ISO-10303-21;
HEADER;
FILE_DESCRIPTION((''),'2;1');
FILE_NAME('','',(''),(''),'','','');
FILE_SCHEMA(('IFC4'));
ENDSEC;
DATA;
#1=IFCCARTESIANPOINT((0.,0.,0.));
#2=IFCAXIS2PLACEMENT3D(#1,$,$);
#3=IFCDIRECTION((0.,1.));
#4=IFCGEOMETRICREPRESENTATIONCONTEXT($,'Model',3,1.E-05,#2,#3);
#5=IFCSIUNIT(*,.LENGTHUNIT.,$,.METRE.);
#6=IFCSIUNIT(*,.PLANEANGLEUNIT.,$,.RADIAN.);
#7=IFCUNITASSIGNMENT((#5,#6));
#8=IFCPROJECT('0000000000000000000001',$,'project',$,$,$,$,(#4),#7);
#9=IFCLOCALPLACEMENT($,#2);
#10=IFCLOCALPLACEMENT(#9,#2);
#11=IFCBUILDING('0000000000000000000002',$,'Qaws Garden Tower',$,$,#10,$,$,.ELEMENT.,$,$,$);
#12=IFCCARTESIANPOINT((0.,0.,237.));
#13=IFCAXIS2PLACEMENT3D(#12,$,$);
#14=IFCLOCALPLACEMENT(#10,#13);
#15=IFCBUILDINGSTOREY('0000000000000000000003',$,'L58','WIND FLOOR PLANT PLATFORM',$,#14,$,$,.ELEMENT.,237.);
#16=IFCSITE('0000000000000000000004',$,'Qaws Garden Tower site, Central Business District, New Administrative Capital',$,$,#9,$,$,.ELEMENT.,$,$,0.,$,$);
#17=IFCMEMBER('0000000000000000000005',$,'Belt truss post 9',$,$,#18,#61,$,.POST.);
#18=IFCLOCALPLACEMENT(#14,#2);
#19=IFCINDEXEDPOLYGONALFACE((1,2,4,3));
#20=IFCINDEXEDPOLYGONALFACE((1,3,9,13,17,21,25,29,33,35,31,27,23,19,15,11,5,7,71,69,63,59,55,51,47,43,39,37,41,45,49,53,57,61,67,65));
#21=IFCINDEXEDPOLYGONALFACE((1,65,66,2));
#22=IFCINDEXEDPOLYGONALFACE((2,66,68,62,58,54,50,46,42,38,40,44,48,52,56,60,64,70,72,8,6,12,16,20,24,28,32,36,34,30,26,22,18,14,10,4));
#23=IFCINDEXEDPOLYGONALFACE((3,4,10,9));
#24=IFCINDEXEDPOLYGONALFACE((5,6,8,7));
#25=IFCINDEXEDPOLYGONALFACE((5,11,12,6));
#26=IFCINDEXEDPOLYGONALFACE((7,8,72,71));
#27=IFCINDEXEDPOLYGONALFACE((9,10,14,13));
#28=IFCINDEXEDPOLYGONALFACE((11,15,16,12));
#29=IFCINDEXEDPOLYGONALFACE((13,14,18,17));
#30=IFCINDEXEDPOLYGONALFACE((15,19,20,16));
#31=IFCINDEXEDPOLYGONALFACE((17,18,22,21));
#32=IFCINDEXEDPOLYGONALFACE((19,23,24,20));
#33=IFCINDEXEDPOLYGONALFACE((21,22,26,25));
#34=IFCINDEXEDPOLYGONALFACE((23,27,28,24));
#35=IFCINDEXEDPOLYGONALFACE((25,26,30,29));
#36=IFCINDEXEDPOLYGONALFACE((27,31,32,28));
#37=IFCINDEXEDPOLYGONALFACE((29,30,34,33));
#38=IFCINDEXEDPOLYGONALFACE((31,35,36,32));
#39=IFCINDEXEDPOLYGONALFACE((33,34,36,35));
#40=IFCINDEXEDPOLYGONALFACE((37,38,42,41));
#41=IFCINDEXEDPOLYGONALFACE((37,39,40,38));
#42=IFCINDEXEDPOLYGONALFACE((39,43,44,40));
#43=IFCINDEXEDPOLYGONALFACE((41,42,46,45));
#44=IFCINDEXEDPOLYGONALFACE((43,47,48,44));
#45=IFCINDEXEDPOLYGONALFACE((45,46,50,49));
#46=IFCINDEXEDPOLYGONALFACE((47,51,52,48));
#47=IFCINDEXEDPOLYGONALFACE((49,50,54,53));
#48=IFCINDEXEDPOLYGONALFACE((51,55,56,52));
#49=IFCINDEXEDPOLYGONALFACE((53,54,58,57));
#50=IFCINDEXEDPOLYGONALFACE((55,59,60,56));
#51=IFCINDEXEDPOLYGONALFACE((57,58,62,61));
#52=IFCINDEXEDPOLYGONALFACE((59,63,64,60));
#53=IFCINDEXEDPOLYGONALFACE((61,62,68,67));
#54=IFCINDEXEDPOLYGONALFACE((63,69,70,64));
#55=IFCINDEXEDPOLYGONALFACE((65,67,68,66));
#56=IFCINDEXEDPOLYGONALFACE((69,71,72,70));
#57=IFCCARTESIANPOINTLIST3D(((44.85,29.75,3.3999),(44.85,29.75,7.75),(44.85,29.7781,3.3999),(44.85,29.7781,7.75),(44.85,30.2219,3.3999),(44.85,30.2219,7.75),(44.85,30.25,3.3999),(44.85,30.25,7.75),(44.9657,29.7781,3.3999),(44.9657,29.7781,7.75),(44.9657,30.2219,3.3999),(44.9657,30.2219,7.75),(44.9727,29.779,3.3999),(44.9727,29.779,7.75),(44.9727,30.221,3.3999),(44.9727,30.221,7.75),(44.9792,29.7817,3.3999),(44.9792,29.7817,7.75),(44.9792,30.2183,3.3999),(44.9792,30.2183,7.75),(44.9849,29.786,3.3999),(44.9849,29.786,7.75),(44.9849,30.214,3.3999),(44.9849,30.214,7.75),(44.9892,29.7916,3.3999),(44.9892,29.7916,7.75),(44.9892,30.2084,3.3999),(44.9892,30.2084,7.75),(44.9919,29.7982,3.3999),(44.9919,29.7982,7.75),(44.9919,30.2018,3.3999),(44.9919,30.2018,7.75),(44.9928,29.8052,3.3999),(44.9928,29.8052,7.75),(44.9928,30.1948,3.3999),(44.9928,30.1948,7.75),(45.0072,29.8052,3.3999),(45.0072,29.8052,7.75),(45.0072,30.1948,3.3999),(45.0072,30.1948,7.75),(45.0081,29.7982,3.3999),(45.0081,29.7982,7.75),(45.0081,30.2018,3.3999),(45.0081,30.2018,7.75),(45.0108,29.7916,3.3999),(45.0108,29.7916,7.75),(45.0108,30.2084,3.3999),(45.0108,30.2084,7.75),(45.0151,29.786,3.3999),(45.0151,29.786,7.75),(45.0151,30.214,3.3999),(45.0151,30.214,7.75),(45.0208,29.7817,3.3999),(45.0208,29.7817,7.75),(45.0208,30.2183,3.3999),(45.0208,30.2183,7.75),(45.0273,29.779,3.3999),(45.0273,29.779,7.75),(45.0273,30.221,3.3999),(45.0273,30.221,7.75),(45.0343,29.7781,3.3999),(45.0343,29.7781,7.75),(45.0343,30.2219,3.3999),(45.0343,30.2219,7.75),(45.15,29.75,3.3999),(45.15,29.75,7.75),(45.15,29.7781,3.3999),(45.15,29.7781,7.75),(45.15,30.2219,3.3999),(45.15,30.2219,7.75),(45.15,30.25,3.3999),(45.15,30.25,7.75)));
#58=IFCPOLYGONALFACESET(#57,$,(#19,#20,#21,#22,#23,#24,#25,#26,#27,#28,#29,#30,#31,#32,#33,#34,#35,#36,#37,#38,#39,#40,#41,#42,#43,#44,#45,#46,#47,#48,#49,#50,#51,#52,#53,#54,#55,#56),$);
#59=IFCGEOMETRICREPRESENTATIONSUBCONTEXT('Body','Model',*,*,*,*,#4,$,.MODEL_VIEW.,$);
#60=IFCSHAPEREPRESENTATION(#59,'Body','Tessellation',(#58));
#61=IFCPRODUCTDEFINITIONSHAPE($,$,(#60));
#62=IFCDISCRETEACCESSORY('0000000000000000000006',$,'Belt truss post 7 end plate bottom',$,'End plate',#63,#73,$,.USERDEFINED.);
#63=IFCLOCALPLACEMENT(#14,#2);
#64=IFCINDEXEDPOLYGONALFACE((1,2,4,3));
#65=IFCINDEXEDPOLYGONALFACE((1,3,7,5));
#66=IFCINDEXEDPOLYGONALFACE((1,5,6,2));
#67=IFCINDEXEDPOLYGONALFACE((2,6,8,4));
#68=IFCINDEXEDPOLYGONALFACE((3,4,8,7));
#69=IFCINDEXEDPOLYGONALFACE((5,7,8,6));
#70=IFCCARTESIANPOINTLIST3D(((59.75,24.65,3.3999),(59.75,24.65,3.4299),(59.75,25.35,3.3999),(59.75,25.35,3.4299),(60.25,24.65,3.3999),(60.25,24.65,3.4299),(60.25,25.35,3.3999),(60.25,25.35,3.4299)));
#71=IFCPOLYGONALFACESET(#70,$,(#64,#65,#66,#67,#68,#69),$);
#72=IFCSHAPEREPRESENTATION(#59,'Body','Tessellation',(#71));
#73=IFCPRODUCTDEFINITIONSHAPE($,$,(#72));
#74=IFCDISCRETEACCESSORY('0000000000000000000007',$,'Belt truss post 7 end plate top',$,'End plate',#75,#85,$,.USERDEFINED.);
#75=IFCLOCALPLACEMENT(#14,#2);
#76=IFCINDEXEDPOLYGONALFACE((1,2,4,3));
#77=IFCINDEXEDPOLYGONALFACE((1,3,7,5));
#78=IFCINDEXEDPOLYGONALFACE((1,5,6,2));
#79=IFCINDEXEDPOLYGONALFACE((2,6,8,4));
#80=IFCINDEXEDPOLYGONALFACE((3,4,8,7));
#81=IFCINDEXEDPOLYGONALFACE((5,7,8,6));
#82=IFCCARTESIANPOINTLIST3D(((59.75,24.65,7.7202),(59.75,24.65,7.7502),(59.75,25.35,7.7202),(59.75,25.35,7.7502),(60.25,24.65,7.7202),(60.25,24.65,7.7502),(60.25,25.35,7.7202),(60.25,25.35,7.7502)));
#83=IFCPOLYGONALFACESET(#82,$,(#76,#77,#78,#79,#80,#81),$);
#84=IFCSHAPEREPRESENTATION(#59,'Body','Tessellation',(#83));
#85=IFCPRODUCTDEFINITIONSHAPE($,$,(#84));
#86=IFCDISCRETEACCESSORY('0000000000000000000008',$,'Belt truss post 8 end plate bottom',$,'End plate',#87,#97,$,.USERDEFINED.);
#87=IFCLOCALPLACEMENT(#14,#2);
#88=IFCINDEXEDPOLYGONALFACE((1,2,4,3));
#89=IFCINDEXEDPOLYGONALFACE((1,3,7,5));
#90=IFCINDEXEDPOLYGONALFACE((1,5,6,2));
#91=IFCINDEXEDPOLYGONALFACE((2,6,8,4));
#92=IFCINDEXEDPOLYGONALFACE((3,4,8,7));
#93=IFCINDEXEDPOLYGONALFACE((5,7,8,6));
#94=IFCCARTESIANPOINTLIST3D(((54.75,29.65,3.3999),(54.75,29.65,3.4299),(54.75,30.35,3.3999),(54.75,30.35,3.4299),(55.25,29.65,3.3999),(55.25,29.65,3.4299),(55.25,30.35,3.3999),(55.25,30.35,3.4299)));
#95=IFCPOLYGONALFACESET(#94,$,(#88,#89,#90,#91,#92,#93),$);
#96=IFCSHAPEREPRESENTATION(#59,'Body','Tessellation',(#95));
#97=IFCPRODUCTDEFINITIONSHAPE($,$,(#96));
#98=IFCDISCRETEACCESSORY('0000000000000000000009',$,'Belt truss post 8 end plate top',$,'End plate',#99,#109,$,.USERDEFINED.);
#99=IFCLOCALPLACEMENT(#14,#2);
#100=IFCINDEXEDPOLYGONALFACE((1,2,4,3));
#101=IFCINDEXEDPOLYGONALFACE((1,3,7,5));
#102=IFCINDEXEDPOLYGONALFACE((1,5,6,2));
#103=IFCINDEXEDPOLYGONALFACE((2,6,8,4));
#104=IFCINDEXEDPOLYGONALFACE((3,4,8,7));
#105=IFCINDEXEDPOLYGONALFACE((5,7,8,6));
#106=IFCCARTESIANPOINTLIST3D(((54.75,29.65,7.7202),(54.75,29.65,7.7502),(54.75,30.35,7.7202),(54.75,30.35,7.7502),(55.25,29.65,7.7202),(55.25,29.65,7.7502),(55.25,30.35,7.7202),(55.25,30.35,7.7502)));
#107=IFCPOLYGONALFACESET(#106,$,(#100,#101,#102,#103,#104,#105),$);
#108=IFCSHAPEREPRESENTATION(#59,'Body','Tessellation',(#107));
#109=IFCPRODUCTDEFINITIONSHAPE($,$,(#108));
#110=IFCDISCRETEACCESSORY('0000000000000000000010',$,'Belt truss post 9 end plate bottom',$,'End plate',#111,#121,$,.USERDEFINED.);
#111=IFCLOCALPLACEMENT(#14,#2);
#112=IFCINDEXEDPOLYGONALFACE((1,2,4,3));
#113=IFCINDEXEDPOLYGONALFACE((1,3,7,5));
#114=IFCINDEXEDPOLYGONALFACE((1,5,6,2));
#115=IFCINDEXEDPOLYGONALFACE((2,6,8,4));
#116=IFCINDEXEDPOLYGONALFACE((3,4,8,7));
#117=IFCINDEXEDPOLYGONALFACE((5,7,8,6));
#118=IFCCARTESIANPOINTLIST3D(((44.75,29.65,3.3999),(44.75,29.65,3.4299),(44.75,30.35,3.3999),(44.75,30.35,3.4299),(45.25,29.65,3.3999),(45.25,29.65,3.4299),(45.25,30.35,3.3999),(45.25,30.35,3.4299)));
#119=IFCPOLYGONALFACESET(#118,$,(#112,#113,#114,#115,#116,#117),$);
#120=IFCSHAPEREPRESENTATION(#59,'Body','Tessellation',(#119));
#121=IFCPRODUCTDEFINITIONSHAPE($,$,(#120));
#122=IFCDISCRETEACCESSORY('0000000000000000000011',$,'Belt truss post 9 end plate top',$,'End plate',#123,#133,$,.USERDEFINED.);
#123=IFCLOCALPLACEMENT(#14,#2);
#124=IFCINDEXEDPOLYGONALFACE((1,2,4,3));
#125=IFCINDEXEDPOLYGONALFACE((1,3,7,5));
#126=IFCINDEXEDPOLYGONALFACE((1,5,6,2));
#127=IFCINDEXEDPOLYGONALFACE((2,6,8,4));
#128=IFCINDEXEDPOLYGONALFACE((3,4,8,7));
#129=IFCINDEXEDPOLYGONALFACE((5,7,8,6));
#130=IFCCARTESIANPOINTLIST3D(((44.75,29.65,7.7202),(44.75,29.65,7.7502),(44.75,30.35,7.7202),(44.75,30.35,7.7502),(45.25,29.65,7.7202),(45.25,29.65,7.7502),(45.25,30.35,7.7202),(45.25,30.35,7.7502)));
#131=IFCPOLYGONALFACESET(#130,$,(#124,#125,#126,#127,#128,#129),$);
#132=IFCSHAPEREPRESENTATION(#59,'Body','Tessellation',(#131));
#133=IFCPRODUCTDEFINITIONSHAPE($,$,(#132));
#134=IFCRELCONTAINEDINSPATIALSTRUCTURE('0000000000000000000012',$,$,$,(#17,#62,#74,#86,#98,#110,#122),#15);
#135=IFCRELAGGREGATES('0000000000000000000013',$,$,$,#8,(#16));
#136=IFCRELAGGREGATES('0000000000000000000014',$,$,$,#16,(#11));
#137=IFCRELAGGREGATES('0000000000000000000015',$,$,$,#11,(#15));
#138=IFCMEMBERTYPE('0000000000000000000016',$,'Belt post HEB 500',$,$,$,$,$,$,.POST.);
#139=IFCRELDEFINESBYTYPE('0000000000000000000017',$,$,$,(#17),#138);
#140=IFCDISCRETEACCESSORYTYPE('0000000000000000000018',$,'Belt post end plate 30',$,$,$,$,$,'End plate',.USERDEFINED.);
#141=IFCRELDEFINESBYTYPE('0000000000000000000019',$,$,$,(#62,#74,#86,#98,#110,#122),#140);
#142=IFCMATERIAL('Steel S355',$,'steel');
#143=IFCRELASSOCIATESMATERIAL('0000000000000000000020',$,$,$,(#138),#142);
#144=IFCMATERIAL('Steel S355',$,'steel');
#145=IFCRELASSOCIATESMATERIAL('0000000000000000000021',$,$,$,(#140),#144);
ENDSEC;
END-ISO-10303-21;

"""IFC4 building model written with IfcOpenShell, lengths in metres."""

from ifc_helpers import new_model, si_unit, direction, frame, origin, origin_2d, place, context, subcontext, project, spatial, rectangle, i_section, extrude, material, material_profile, profile_set, type_object, element, save


model = new_model("IFC4")

# Units and contexts
model_context = context("Model", 3, precision=1e-05, world=origin(), true_north=direction((0.0, 1.0)))
body_context = subcontext(model_context, "Body", "Model", "MODEL_VIEW")
ifc_project = project(units=[si_unit("LENGTHUNIT", "METRE"), si_unit("PLANEANGLEUNIT", "RADIAN")], contexts=[model_context])

# Site, building, storey
site_placement = place(None, origin())
site = spatial("IfcSite", under=ifc_project, at=site_placement, Name="Qaws Garden Tower site, Central Business District, New Administrative Capital", CompositionType="ELEMENT", RefElevation=0.0)
building_placement = place(site_placement, origin())
building = spatial("IfcBuilding", under=site, at=building_placement, Name="Qaws Garden Tower", CompositionType="ELEMENT")
storey_placement = place(building_placement, frame((0.0, 0.0, 237.0)))
storey = spatial("IfcBuildingStorey", under=building, at=storey_placement, Name="L58", Description="WIND FLOOR PLANT PLATFORM", CompositionType="ELEMENT", Elevation=237.0)

# Member
ifc_material_1 = material(Name="Steel S355", Category="steel")
ifc_material_profile_1 = material_profile(ifc_material_1, i_section(OverallWidth=0.3, OverallDepth=0.5, WebThickness=0.0144, FlangeThickness=0.0281, FilletRadius=0.0271, at=origin_2d()), Name="HEB 500")
ifc_profile_set_1 = profile_set([ifc_material_profile_1], Name="Steel S355")
member_type_1 = type_object("IfcMemberType", Name="Belt post HEB 500", PredefinedType="POST", material=ifc_profile_set_1)
placement_1 = place(storey_placement, frame((60.0, 25.0, 3.3999), z_axis=(0.0, 0.0, 1.0), x_axis=(1.0, 0.0, 0.0)))
placement_2 = place(storey_placement, frame((55.0, 30.0, 3.3999), z_axis=(0.0, 0.0, 1.0), x_axis=(1.0, 0.0, 0.0)))
placement_3 = place(storey_placement, frame((45.0, 30.0, 3.3999), z_axis=(0.0, 0.0, 1.0), x_axis=(1.0, 0.0, 0.0)))
element("IfcMember", 1, at=placement_3, inside=storey, type_object=member_type_1, Name="Belt truss post 9", PredefinedType="POST", context=body_context, shape_type="SweptSolid", body=[
    extrude(i_section(OverallWidth=0.3, OverallDepth=0.5, WebThickness=0.0144, FlangeThickness=0.0281, FilletRadius=0.0271, at=origin_2d()), origin(), (0.0, 0.0, 1.0), 4.3501),
])

# Discrete accessories
ifc_material_2 = material(Name="Steel S355", Category="steel")
discrete_accessory_type = type_object("IfcDiscreteAccessoryType", Name="Belt post end plate 30", ElementType="End plate", PredefinedType="USERDEFINED", material=ifc_material_2)
element("IfcDiscreteAccessory", 2, at=placement_1, inside=storey, type_object=discrete_accessory_type, Name="Belt truss post 7 end plate bottom", ObjectType="End plate", PredefinedType="USERDEFINED", context=body_context, shape_type="SweptSolid", body=[
    extrude(rectangle(XDim=0.5, YDim=0.7, at=origin_2d()), origin(), (0.0, 0.0, 1.0), 0.03),
])
discrete_accessory_1_placement = place(storey_placement, frame((60.0, 25.0, 7.7202), z_axis=(0.0, 0.0, 1.0), x_axis=(1.0, 0.0, 0.0)))
element("IfcDiscreteAccessory", 3, at=discrete_accessory_1_placement, inside=storey, type_object=discrete_accessory_type, Name="Belt truss post 7 end plate top", ObjectType="End plate", PredefinedType="USERDEFINED", context=body_context, shape_type="SweptSolid", body=[
    extrude(rectangle(XDim=0.5, YDim=0.7, at=origin_2d()), origin(), (0.0, 0.0, 1.0), 0.03),
])
element("IfcDiscreteAccessory", 4, at=placement_2, inside=storey, type_object=discrete_accessory_type, Name="Belt truss post 8 end plate bottom", ObjectType="End plate", PredefinedType="USERDEFINED", context=body_context, shape_type="SweptSolid", body=[
    extrude(rectangle(XDim=0.5, YDim=0.7, at=origin_2d()), origin(), (0.0, 0.0, 1.0), 0.03),
])
discrete_accessory_2_placement = place(storey_placement, frame((55.0, 30.0, 7.7202), z_axis=(0.0, 0.0, 1.0), x_axis=(1.0, 0.0, 0.0)))
element("IfcDiscreteAccessory", 5, at=discrete_accessory_2_placement, inside=storey, type_object=discrete_accessory_type, Name="Belt truss post 8 end plate top", ObjectType="End plate", PredefinedType="USERDEFINED", context=body_context, shape_type="SweptSolid", body=[
    extrude(rectangle(XDim=0.5, YDim=0.7, at=origin_2d()), origin(), (0.0, 0.0, 1.0), 0.03),
])
element("IfcDiscreteAccessory", 6, at=placement_3, inside=storey, type_object=discrete_accessory_type, Name="Belt truss post 9 end plate bottom", ObjectType="End plate", PredefinedType="USERDEFINED", context=body_context, shape_type="SweptSolid", body=[
    extrude(rectangle(XDim=0.5, YDim=0.7, at=origin_2d()), origin(), (0.0, 0.0, 1.0), 0.03),
])
discrete_accessory_3_placement = place(storey_placement, frame((45.0, 30.0, 7.7202), z_axis=(0.0, 0.0, 1.0), x_axis=(1.0, 0.0, 0.0)))
element("IfcDiscreteAccessory", 7, at=discrete_accessory_3_placement, inside=storey, type_object=discrete_accessory_type, Name="Belt truss post 9 end plate top", ObjectType="End plate", PredefinedType="USERDEFINED", context=body_context, shape_type="SweptSolid", body=[
    extrude(rectangle(XDim=0.5, YDim=0.7, at=origin_2d()), origin(), (0.0, 0.0, 1.0), 0.03),
])

save(model, "model.ifc")
